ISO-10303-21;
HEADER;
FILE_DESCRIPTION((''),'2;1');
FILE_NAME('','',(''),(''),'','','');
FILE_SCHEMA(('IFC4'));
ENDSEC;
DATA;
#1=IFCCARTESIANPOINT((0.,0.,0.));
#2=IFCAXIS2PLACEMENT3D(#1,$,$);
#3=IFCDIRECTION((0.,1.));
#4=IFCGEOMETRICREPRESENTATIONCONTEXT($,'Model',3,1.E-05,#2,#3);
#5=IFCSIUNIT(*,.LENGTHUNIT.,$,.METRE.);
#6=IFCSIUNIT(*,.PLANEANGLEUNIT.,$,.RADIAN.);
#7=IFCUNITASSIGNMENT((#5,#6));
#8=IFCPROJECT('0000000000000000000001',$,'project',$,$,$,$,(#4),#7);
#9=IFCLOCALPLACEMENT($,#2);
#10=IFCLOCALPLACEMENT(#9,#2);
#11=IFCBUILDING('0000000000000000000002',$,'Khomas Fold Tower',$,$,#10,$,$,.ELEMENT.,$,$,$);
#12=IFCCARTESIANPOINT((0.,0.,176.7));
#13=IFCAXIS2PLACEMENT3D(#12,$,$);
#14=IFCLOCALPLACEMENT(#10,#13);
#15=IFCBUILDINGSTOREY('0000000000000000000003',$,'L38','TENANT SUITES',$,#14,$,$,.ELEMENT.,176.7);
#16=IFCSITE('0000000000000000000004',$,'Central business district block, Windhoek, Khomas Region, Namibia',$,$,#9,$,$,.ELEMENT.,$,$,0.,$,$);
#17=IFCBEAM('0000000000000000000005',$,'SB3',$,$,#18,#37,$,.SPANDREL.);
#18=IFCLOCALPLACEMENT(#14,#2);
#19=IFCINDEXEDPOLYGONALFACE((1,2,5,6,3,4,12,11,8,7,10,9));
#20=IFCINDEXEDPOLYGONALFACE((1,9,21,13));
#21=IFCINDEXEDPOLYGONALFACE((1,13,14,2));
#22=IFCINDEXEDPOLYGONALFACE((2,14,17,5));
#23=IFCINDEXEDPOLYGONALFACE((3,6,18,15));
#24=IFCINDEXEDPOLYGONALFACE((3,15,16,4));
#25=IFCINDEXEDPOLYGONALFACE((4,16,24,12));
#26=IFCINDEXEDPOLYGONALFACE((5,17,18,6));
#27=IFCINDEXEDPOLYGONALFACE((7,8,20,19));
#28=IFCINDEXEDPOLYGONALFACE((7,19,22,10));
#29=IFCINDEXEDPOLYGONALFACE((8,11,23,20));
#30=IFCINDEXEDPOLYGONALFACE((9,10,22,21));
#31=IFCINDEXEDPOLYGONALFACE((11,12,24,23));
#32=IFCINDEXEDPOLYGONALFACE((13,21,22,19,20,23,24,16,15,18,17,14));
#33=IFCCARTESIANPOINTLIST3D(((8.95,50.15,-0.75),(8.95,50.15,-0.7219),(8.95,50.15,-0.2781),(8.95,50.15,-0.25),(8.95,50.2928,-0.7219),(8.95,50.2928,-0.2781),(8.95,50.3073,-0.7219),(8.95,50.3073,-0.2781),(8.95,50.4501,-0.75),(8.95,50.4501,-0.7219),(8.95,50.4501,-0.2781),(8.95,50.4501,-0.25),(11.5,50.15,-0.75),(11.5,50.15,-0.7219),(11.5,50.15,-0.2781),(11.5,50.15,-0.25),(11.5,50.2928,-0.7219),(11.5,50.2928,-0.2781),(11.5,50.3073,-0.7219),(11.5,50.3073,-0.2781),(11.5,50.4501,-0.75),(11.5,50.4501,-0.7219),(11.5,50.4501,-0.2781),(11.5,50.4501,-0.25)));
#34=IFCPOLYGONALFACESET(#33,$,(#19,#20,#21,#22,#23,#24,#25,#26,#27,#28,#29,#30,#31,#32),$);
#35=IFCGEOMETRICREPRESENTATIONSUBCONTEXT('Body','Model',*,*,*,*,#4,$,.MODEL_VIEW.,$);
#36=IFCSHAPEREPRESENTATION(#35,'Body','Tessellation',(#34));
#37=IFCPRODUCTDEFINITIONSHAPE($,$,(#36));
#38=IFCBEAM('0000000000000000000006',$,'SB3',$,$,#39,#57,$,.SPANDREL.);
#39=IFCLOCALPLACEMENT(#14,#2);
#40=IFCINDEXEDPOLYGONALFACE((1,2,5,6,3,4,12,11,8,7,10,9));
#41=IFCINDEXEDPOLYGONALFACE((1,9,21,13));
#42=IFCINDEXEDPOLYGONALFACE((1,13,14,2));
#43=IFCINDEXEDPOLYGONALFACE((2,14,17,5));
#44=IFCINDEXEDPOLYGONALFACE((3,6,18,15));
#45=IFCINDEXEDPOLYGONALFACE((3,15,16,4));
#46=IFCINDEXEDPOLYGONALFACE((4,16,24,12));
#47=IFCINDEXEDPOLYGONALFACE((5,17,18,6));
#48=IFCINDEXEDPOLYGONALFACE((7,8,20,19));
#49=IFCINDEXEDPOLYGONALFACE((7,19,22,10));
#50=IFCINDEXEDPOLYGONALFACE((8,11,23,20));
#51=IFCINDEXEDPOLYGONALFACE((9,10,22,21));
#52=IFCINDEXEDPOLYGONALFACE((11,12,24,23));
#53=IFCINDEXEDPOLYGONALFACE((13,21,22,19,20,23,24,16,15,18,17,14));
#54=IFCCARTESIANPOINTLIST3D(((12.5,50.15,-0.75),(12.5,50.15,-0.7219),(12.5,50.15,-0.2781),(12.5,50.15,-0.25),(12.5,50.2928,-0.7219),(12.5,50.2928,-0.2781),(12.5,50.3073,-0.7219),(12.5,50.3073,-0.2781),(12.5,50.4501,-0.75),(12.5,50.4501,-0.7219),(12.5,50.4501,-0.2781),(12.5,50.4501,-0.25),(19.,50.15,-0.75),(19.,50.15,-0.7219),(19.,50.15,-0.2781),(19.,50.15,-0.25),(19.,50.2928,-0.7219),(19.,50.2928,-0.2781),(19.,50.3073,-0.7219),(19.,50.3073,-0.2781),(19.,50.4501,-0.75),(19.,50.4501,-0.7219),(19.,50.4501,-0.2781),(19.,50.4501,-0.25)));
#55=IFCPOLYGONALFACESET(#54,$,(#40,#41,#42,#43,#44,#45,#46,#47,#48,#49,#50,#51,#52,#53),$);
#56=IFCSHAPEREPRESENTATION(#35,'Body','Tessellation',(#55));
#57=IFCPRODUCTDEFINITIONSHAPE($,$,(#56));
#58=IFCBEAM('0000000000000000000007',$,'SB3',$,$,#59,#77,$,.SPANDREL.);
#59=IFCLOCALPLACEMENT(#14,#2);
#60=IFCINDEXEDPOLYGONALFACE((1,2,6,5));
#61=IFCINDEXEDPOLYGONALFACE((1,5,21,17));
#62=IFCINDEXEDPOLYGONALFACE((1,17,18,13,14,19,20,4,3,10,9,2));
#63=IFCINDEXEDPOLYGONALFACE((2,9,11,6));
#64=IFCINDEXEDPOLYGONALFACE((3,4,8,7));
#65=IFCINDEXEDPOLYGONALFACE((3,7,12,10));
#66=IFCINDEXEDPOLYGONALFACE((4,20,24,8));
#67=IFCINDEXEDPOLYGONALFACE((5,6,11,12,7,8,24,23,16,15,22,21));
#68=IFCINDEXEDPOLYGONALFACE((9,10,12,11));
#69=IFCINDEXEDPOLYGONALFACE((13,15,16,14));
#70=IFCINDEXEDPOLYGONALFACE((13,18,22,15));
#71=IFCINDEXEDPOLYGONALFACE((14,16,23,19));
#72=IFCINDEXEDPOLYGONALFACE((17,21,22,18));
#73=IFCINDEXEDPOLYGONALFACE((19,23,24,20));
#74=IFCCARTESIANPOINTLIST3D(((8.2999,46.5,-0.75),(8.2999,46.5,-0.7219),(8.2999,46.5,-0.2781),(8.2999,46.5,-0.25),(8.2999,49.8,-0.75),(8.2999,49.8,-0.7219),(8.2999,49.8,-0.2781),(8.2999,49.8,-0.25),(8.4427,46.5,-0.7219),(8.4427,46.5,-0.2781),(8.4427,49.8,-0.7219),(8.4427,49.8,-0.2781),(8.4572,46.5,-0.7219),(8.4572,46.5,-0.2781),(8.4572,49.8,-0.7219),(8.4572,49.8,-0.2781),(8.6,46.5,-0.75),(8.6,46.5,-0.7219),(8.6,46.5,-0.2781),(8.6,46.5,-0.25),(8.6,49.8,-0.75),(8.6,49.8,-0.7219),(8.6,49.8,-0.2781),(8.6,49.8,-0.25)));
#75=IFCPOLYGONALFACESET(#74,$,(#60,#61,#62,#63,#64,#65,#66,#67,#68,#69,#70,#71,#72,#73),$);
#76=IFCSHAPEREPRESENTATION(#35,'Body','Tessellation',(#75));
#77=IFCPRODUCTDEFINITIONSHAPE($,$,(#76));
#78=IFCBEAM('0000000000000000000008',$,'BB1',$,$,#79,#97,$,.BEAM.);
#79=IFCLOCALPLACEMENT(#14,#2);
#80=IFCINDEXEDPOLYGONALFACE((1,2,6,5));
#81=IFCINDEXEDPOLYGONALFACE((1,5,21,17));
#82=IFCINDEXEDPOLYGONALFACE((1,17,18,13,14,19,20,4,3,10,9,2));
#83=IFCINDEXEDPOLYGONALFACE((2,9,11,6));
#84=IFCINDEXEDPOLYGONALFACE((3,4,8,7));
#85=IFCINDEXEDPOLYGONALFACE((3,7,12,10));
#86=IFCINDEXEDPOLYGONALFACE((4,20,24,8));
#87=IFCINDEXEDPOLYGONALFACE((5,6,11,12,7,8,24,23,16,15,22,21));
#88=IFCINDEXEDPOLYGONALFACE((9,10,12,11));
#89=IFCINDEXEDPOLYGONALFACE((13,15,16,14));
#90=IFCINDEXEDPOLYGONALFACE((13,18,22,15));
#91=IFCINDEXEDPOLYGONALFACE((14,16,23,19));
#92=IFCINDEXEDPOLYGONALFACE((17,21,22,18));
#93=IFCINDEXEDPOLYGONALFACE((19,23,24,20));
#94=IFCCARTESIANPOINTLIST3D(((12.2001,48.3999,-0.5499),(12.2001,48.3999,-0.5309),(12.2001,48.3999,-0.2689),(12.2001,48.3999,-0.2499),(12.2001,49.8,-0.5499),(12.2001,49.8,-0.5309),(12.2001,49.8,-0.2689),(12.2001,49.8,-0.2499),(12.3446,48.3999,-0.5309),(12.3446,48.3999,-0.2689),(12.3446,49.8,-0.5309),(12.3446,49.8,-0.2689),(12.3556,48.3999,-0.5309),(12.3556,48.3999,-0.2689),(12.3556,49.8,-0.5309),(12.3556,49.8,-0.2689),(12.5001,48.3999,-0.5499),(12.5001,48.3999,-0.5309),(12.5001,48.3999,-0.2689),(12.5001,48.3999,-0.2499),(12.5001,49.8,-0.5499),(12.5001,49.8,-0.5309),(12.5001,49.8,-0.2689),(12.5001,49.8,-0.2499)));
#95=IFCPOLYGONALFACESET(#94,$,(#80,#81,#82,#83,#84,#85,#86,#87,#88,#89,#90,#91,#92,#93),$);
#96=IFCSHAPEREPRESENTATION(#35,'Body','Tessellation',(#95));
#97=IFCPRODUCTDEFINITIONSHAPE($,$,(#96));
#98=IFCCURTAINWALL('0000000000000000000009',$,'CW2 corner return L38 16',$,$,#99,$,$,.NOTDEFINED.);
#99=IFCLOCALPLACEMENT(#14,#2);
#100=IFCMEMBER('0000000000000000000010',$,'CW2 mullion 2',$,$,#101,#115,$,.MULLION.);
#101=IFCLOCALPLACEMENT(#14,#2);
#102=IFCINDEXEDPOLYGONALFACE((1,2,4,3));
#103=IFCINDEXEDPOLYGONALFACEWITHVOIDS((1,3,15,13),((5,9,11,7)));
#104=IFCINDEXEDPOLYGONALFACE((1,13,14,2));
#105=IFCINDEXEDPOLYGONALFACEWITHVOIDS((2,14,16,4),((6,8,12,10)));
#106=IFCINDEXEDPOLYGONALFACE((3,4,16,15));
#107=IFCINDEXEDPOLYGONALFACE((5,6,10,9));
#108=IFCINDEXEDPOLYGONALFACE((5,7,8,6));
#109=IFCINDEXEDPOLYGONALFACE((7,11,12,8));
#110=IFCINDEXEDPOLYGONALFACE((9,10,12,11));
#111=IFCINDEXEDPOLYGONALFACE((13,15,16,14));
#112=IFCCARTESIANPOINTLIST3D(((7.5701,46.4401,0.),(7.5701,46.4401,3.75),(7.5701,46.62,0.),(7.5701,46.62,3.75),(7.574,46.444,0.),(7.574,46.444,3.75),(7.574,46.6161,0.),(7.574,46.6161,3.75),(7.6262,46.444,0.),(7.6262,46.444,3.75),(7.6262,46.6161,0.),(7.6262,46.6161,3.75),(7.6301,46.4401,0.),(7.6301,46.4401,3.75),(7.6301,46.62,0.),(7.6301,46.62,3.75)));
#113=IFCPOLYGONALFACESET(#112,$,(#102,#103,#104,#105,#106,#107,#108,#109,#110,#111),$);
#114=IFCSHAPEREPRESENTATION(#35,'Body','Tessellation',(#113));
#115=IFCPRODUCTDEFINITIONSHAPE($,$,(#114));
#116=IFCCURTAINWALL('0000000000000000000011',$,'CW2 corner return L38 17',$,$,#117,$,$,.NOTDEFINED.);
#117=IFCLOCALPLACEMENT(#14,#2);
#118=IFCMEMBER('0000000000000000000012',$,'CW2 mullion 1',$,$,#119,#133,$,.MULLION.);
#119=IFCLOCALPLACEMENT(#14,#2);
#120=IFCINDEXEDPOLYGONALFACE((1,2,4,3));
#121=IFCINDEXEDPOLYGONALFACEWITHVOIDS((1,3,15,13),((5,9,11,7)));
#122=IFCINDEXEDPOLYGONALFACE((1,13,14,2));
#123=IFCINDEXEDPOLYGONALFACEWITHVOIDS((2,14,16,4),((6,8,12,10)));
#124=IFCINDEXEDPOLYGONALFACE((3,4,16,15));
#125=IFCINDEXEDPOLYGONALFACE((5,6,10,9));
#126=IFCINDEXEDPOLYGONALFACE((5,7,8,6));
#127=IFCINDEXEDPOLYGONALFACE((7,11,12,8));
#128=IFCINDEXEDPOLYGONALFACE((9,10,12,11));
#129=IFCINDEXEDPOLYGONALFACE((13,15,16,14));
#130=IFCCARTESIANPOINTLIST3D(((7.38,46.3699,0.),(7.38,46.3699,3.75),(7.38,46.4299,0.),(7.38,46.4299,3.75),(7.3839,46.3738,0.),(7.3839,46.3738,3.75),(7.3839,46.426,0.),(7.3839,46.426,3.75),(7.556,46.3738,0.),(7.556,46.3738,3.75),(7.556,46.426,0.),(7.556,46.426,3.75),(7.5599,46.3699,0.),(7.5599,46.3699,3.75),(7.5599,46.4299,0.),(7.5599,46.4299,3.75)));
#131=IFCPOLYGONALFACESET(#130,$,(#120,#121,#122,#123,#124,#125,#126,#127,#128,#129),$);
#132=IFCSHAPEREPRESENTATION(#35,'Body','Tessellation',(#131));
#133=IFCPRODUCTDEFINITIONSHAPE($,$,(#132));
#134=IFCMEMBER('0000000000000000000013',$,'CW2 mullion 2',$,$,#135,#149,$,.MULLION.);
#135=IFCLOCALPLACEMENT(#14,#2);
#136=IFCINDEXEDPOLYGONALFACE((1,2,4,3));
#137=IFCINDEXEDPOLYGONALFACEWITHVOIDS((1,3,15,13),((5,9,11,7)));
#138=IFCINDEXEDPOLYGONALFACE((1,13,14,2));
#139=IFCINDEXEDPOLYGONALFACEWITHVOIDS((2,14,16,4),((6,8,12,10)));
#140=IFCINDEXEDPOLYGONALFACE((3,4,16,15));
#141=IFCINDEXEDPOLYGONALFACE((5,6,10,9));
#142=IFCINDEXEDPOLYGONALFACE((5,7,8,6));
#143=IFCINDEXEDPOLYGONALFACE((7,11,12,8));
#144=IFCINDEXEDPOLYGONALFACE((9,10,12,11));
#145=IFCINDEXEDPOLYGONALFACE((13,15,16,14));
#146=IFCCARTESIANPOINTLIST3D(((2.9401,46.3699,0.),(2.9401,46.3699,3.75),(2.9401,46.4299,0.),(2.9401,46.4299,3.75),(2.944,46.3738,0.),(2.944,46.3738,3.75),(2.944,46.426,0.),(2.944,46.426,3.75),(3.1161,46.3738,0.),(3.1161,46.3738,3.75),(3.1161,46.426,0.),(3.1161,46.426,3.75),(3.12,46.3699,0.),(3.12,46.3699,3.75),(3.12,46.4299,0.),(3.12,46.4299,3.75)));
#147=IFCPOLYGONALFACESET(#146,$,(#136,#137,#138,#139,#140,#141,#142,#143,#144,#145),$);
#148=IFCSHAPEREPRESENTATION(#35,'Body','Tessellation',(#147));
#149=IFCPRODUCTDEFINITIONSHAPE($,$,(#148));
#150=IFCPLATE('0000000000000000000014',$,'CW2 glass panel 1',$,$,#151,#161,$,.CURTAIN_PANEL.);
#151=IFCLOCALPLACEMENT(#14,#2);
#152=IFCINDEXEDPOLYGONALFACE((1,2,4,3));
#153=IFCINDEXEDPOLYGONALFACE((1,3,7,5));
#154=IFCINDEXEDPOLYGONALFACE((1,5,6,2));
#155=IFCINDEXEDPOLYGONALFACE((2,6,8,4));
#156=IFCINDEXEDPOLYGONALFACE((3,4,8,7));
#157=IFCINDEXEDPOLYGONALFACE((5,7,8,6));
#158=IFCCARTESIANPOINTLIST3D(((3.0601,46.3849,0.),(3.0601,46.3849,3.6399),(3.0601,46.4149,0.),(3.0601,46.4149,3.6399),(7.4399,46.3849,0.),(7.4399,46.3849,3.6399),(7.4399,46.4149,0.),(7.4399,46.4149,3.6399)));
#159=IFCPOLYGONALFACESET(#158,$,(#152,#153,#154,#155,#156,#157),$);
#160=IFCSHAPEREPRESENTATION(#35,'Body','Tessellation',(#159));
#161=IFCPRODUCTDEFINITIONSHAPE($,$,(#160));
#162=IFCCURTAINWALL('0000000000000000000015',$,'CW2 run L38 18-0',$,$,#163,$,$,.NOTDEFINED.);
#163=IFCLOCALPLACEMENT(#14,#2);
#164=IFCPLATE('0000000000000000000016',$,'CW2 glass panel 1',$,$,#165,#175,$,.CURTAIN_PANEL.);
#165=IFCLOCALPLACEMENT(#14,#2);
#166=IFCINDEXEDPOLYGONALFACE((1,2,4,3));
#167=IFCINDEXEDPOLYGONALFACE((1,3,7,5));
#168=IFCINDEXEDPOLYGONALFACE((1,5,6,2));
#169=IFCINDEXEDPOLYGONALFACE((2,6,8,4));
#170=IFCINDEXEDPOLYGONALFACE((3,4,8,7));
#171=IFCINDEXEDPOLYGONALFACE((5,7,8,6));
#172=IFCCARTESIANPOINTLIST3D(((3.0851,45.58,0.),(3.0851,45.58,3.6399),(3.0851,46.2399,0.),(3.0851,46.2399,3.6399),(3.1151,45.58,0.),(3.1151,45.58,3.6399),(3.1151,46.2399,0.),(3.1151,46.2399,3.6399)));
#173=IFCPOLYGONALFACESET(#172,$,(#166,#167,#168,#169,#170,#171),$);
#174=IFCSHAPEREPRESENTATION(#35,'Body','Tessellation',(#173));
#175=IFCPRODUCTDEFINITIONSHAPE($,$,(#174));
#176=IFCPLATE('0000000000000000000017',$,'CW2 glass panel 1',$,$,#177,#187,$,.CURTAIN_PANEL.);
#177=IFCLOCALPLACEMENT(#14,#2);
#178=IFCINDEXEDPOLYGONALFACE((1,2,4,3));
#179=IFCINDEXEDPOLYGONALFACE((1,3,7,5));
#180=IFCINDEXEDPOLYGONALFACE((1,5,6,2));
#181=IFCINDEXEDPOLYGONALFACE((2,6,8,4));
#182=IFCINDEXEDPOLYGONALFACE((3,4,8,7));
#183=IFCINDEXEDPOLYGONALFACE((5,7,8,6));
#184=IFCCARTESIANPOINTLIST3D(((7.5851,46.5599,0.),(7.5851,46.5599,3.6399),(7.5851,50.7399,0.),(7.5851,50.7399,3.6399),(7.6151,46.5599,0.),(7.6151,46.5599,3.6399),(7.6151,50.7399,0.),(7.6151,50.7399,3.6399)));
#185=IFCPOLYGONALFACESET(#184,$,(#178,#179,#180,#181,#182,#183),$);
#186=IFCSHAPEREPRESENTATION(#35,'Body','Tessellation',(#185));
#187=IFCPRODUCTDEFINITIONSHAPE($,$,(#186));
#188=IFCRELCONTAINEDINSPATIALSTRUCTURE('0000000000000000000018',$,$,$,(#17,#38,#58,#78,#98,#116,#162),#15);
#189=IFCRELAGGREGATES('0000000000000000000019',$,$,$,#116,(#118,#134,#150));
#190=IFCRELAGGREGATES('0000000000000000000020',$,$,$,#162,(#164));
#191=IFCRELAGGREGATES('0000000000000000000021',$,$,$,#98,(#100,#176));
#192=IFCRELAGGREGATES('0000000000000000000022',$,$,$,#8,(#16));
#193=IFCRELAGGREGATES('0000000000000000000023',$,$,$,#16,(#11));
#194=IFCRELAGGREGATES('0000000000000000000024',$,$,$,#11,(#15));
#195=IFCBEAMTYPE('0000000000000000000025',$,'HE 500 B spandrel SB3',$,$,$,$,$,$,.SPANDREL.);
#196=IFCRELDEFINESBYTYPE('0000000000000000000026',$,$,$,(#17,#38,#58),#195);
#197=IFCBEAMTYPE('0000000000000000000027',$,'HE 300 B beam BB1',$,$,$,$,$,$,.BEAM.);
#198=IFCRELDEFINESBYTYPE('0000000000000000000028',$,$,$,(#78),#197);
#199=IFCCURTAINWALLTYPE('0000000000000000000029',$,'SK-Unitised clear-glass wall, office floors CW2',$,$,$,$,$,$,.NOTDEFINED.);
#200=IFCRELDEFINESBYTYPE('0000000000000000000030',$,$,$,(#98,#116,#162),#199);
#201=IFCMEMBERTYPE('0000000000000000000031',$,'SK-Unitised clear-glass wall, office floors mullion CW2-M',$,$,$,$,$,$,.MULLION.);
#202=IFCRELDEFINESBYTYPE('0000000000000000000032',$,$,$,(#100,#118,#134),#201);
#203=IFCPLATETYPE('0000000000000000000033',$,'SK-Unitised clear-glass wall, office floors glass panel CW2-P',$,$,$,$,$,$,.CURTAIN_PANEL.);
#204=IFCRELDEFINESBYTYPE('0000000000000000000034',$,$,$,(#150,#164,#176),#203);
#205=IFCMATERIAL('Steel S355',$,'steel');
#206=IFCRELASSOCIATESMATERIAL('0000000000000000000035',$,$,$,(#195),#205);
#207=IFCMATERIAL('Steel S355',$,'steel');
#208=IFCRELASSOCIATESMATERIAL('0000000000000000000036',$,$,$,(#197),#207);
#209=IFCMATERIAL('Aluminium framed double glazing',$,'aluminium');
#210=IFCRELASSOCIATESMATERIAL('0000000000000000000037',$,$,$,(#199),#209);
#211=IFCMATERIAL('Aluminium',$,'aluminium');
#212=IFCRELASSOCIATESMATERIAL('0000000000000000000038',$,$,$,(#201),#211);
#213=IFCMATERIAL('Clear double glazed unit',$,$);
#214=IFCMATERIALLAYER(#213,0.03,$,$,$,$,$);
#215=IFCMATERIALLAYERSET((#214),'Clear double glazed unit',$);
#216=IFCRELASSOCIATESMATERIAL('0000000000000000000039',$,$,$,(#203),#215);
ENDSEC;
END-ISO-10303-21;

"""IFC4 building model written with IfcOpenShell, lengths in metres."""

from ifc_helpers import new_model, si_unit, direction, frame, origin, origin_2d, place, context, subcontext, project, spatial, rectangle, hollow_rectangle, i_section, extrude, source, transform, mapped, material, layer, layer_set, material_profile, profile_set, type_object, element, aggregate, save


model = new_model("IFC4")

# Units and contexts
model_context = context("Model", 3, precision=1e-05, world=origin(), true_north=direction((0.0, 1.0)))
body_context = subcontext(model_context, "Body", "Model", "MODEL_VIEW")
ifc_project = project(units=[si_unit("LENGTHUNIT", "METRE"), si_unit("PLANEANGLEUNIT", "RADIAN")], contexts=[model_context])

# Site, building, storey
site_placement = place(None, origin())
site = spatial("IfcSite", under=ifc_project, at=site_placement, Name="Central business district block, Windhoek, Khomas Region, Namibia", CompositionType="ELEMENT", RefElevation=0.0)
building_placement = place(site_placement, origin())
building = spatial("IfcBuilding", under=site, at=building_placement, Name="Khomas Fold Tower", CompositionType="ELEMENT")
storey_placement = place(building_placement, frame((0.0, 0.0, 176.7)))
storey = spatial("IfcBuildingStorey", under=building, at=storey_placement, Name="L38", Description="TENANT SUITES", CompositionType="ELEMENT", Elevation=176.7)

# Beams
ifc_material_1 = material(Name="Steel S355", Category="steel")
ifc_material_profile_1 = material_profile(ifc_material_1, i_section(OverallWidth=0.3, OverallDepth=0.5, WebThickness=0.0144, FlangeThickness=0.0281, at=origin_2d()), Name="HE 500 B")
ifc_profile_set_1 = profile_set([ifc_material_profile_1], Name="Steel S355")
beam_type_1 = type_object("IfcBeamType", Name="HE 500 B spandrel SB3", PredefinedType="SPANDREL", material=ifc_profile_set_1)
shared_shape_1 = source(origin(), body_context, "Body", "SweptSolid", [
    extrude(i_section(OverallWidth=0.3, OverallDepth=0.5, WebThickness=0.0144, FlangeThickness=0.0281, at=origin_2d()), origin(), (0.0, 0.0, 1.0), 2.55),
])
beam_1_placement = place(storey_placement, frame((8.95, 50.3, -0.5), z_axis=(1.0, 0.0, 0.0), x_axis=(0.0, 1.0, 0.0)))
element("IfcBeam", 1, at=beam_1_placement, inside=storey, type_object=beam_type_1, Name="SB3", PredefinedType="SPANDREL", context=body_context, shape_type="MappedRepresentation", body=[
    mapped(shared_shape_1, transform((0.0, 0.0, 0.0))),
])
shared_shape_2 = source(origin(), body_context, "Body", "SweptSolid", [
    extrude(i_section(OverallWidth=0.3, OverallDepth=0.5, WebThickness=0.0144, FlangeThickness=0.0281, at=origin_2d()), origin(), (0.0, 0.0, 1.0), 6.5),
])
beam_2_placement = place(storey_placement, frame((12.5, 50.3, -0.5), z_axis=(1.0, 0.0, 0.0), x_axis=(0.0, 1.0, 0.0)))
element("IfcBeam", 2, at=beam_2_placement, inside=storey, type_object=beam_type_1, Name="SB3", PredefinedType="SPANDREL", context=body_context, shape_type="MappedRepresentation", body=[
    mapped(shared_shape_2, transform((0.0, 0.0, 0.0))),
])
shared_shape_3 = source(origin(), body_context, "Body", "SweptSolid", [
    extrude(i_section(OverallWidth=0.3, OverallDepth=0.5, WebThickness=0.0144, FlangeThickness=0.0281, at=origin_2d()), origin(), (0.0, 0.0, 1.0), 3.3),
])
beam_3_placement = place(storey_placement, frame((8.45, 46.5, -0.5), z_axis=(0.0, 1.0, 0.0), x_axis=(-1.0, 0.0, 0.0)))
element("IfcBeam", 3, at=beam_3_placement, inside=storey, type_object=beam_type_1, Name="SB3", PredefinedType="SPANDREL", context=body_context, shape_type="MappedRepresentation", body=[
    mapped(shared_shape_3, transform((0.0, 0.0, 0.0))),
])
ifc_material_2 = material(Name="Steel S355", Category="steel")
ifc_material_profile_2 = material_profile(ifc_material_2, i_section(OverallWidth=0.3, OverallDepth=0.3, WebThickness=0.011, FlangeThickness=0.019, at=origin_2d()), Name="HE 300 B")
ifc_profile_set_2 = profile_set([ifc_material_profile_2], Name="Steel S355")
beam_type_2 = type_object("IfcBeamType", Name="HE 300 B beam BB1", PredefinedType="BEAM", material=ifc_profile_set_2)
shared_shape_4 = source(origin(), body_context, "Body", "SweptSolid", [
    extrude(i_section(OverallWidth=0.3, OverallDepth=0.3, WebThickness=0.011, FlangeThickness=0.019, at=origin_2d()), origin(), (0.0, 0.0, 1.0), 1.4001),
])
beam_4_placement = place(storey_placement, frame((12.3501, 48.3999, -0.3999), z_axis=(0.0, 1.0, 0.0), x_axis=(-1.0, 0.0, 0.0)))
element("IfcBeam", 4, at=beam_4_placement, inside=storey, type_object=beam_type_2, Name="BB1", PredefinedType="BEAM", context=body_context, shape_type="MappedRepresentation", body=[
    mapped(shared_shape_4, transform((0.0, 0.0, 0.0))),
])

# Curtain wall, member
ifc_material_3 = material(Name="Aluminium framed double glazing", Category="aluminium")
curtain_wall_type = type_object("IfcCurtainWallType", Name="SK-Unitised clear-glass wall, office floors CW2", PredefinedType="NOTDEFINED", material=ifc_material_3)
curtain_wall_1_placement = place(storey_placement, origin())
curtain_wall_1 = element("IfcCurtainWall", 5, at=curtain_wall_1_placement, inside=storey, type_object=curtain_wall_type, Name="CW2 corner return L38 16", PredefinedType="NOTDEFINED")
ifc_material_4 = material(Name="Aluminium", Category="aluminium")
ifc_material_profile_3 = material_profile(ifc_material_4, hollow_rectangle(XDim=0.0601, YDim=0.1799, WallThickness=0.0039, at=origin_2d()), Name="SK-Unitised clear-glass wall, office floors mullion CW2-M")
ifc_profile_set_3 = profile_set([ifc_material_profile_3], Name="Aluminium")
member_type = type_object("IfcMemberType", Name="SK-Unitised clear-glass wall, office floors mullion CW2-M", PredefinedType="MULLION", material=ifc_profile_set_3)
shared_shape_5 = source(origin(), body_context, "Body", "SweptSolid", [
    extrude(hollow_rectangle(XDim=0.0601, YDim=0.1799, WallThickness=0.0039, at=origin_2d()), origin(), (0.0, 0.0, 1.0), 3.75),
])
member_1_placement = place(storey_placement, frame((7.6001, 46.53, 0.0), z_axis=(0.0, 0.0, 1.0), x_axis=(1.0, 0.0, 0.0)))
member_1 = element("IfcMember", 6, at=member_1_placement, type_object=member_type, Name="CW2 mullion 2", PredefinedType="MULLION", context=body_context, shape_type="MappedRepresentation", body=[
    mapped(shared_shape_5, transform((0.0, 0.0, 0.0))),
])

# Curtain wall, members, plate
curtain_wall_2_placement = place(storey_placement, origin())
curtain_wall_2 = element("IfcCurtainWall", 7, at=curtain_wall_2_placement, inside=storey, type_object=curtain_wall_type, Name="CW2 corner return L38 17", PredefinedType="NOTDEFINED")
member_2_placement = place(storey_placement, frame((7.47, 46.3999, 0.0), z_axis=(0.0, 0.0, 1.0), x_axis=(0.0, -1.0, 0.0)))
member_2 = element("IfcMember", 8, at=member_2_placement, type_object=member_type, Name="CW2 mullion 1", PredefinedType="MULLION", context=body_context, shape_type="MappedRepresentation", body=[
    mapped(shared_shape_5, transform((0.0, 0.0, 0.0))),
])
member_3_placement = place(storey_placement, frame((3.03, 46.3999, 0.0), z_axis=(0.0, 0.0, 1.0), x_axis=(0.0, -1.0, 0.0)))
member_3 = element("IfcMember", 9, at=member_3_placement, type_object=member_type, Name="CW2 mullion 2", PredefinedType="MULLION", context=body_context, shape_type="MappedRepresentation", body=[
    mapped(shared_shape_5, transform((0.0, 0.0, 0.0))),
])
ifc_material_5 = material(Name="Clear double glazed unit")
ifc_layer_1 = layer(ifc_material_5, 0.03)
ifc_layer_set_1 = layer_set([ifc_layer_1], Name="Clear double glazed unit")
plate_type = type_object("IfcPlateType", Name="SK-Unitised clear-glass wall, office floors glass panel CW2-P", PredefinedType="CURTAIN_PANEL", material=ifc_layer_set_1)
shared_shape_6 = source(origin(), body_context, "Body", "SweptSolid", [
    extrude(rectangle(XDim=4.3799, YDim=0.03, at=origin_2d()), origin(), (0.0, 0.0, 1.0), 3.6399),
])
plate_1_placement = place(storey_placement, frame((5.25, 46.3999, 0.0), z_axis=(0.0, 0.0, 1.0), x_axis=(-1.0, 0.0, 0.0)))
plate_1 = element("IfcPlate", 10, at=plate_1_placement, type_object=plate_type, Name="CW2 glass panel 1", PredefinedType="CURTAIN_PANEL", context=body_context, shape_type="MappedRepresentation", body=[
    mapped(shared_shape_6, transform((0.0, 0.0, 0.0))),
])
aggregate(curtain_wall_2, [member_2, member_3, plate_1])

# Curtain wall, plate
curtain_wall_3_placement = place(storey_placement, origin())
curtain_wall_3 = element("IfcCurtainWall", 11, at=curtain_wall_3_placement, inside=storey, type_object=curtain_wall_type, Name="CW2 run L38 18-0", PredefinedType="NOTDEFINED")
shared_shape_7 = source(origin(), body_context, "Body", "SweptSolid", [
    extrude(rectangle(XDim=0.6599, YDim=0.03, at=origin_2d()), origin(), (0.0, 0.0, 1.0), 3.6399),
])
plate_2_placement = place(storey_placement, frame((3.1001, 45.9099, 0.0), z_axis=(0.0, 0.0, 1.0), x_axis=(0.0, -1.0, 0.0)))
plate_2 = element("IfcPlate", 12, at=plate_2_placement, type_object=plate_type, Name="CW2 glass panel 1", PredefinedType="CURTAIN_PANEL", context=body_context, shape_type="MappedRepresentation", body=[
    mapped(shared_shape_7, transform((0.0, 0.0, 0.0))),
])
aggregate(curtain_wall_3, [plate_2])

# Plate
shared_shape_8 = source(origin(), body_context, "Body", "SweptSolid", [
    extrude(rectangle(XDim=4.1799, YDim=0.03, at=origin_2d()), origin(), (0.0, 0.0, 1.0), 3.6399),
])
plate_3_placement = place(storey_placement, frame((7.6001, 48.6499, 0.0), z_axis=(0.0, 0.0, 1.0), x_axis=(0.0, -1.0, 0.0)))
plate_3 = element("IfcPlate", 13, at=plate_3_placement, type_object=plate_type, Name="CW2 glass panel 1", PredefinedType="CURTAIN_PANEL", context=body_context, shape_type="MappedRepresentation", body=[
    mapped(shared_shape_8, transform((0.0, 0.0, 0.0))),
])
aggregate(curtain_wall_1, [member_1, plate_3])

save(model, "model.ifc")
